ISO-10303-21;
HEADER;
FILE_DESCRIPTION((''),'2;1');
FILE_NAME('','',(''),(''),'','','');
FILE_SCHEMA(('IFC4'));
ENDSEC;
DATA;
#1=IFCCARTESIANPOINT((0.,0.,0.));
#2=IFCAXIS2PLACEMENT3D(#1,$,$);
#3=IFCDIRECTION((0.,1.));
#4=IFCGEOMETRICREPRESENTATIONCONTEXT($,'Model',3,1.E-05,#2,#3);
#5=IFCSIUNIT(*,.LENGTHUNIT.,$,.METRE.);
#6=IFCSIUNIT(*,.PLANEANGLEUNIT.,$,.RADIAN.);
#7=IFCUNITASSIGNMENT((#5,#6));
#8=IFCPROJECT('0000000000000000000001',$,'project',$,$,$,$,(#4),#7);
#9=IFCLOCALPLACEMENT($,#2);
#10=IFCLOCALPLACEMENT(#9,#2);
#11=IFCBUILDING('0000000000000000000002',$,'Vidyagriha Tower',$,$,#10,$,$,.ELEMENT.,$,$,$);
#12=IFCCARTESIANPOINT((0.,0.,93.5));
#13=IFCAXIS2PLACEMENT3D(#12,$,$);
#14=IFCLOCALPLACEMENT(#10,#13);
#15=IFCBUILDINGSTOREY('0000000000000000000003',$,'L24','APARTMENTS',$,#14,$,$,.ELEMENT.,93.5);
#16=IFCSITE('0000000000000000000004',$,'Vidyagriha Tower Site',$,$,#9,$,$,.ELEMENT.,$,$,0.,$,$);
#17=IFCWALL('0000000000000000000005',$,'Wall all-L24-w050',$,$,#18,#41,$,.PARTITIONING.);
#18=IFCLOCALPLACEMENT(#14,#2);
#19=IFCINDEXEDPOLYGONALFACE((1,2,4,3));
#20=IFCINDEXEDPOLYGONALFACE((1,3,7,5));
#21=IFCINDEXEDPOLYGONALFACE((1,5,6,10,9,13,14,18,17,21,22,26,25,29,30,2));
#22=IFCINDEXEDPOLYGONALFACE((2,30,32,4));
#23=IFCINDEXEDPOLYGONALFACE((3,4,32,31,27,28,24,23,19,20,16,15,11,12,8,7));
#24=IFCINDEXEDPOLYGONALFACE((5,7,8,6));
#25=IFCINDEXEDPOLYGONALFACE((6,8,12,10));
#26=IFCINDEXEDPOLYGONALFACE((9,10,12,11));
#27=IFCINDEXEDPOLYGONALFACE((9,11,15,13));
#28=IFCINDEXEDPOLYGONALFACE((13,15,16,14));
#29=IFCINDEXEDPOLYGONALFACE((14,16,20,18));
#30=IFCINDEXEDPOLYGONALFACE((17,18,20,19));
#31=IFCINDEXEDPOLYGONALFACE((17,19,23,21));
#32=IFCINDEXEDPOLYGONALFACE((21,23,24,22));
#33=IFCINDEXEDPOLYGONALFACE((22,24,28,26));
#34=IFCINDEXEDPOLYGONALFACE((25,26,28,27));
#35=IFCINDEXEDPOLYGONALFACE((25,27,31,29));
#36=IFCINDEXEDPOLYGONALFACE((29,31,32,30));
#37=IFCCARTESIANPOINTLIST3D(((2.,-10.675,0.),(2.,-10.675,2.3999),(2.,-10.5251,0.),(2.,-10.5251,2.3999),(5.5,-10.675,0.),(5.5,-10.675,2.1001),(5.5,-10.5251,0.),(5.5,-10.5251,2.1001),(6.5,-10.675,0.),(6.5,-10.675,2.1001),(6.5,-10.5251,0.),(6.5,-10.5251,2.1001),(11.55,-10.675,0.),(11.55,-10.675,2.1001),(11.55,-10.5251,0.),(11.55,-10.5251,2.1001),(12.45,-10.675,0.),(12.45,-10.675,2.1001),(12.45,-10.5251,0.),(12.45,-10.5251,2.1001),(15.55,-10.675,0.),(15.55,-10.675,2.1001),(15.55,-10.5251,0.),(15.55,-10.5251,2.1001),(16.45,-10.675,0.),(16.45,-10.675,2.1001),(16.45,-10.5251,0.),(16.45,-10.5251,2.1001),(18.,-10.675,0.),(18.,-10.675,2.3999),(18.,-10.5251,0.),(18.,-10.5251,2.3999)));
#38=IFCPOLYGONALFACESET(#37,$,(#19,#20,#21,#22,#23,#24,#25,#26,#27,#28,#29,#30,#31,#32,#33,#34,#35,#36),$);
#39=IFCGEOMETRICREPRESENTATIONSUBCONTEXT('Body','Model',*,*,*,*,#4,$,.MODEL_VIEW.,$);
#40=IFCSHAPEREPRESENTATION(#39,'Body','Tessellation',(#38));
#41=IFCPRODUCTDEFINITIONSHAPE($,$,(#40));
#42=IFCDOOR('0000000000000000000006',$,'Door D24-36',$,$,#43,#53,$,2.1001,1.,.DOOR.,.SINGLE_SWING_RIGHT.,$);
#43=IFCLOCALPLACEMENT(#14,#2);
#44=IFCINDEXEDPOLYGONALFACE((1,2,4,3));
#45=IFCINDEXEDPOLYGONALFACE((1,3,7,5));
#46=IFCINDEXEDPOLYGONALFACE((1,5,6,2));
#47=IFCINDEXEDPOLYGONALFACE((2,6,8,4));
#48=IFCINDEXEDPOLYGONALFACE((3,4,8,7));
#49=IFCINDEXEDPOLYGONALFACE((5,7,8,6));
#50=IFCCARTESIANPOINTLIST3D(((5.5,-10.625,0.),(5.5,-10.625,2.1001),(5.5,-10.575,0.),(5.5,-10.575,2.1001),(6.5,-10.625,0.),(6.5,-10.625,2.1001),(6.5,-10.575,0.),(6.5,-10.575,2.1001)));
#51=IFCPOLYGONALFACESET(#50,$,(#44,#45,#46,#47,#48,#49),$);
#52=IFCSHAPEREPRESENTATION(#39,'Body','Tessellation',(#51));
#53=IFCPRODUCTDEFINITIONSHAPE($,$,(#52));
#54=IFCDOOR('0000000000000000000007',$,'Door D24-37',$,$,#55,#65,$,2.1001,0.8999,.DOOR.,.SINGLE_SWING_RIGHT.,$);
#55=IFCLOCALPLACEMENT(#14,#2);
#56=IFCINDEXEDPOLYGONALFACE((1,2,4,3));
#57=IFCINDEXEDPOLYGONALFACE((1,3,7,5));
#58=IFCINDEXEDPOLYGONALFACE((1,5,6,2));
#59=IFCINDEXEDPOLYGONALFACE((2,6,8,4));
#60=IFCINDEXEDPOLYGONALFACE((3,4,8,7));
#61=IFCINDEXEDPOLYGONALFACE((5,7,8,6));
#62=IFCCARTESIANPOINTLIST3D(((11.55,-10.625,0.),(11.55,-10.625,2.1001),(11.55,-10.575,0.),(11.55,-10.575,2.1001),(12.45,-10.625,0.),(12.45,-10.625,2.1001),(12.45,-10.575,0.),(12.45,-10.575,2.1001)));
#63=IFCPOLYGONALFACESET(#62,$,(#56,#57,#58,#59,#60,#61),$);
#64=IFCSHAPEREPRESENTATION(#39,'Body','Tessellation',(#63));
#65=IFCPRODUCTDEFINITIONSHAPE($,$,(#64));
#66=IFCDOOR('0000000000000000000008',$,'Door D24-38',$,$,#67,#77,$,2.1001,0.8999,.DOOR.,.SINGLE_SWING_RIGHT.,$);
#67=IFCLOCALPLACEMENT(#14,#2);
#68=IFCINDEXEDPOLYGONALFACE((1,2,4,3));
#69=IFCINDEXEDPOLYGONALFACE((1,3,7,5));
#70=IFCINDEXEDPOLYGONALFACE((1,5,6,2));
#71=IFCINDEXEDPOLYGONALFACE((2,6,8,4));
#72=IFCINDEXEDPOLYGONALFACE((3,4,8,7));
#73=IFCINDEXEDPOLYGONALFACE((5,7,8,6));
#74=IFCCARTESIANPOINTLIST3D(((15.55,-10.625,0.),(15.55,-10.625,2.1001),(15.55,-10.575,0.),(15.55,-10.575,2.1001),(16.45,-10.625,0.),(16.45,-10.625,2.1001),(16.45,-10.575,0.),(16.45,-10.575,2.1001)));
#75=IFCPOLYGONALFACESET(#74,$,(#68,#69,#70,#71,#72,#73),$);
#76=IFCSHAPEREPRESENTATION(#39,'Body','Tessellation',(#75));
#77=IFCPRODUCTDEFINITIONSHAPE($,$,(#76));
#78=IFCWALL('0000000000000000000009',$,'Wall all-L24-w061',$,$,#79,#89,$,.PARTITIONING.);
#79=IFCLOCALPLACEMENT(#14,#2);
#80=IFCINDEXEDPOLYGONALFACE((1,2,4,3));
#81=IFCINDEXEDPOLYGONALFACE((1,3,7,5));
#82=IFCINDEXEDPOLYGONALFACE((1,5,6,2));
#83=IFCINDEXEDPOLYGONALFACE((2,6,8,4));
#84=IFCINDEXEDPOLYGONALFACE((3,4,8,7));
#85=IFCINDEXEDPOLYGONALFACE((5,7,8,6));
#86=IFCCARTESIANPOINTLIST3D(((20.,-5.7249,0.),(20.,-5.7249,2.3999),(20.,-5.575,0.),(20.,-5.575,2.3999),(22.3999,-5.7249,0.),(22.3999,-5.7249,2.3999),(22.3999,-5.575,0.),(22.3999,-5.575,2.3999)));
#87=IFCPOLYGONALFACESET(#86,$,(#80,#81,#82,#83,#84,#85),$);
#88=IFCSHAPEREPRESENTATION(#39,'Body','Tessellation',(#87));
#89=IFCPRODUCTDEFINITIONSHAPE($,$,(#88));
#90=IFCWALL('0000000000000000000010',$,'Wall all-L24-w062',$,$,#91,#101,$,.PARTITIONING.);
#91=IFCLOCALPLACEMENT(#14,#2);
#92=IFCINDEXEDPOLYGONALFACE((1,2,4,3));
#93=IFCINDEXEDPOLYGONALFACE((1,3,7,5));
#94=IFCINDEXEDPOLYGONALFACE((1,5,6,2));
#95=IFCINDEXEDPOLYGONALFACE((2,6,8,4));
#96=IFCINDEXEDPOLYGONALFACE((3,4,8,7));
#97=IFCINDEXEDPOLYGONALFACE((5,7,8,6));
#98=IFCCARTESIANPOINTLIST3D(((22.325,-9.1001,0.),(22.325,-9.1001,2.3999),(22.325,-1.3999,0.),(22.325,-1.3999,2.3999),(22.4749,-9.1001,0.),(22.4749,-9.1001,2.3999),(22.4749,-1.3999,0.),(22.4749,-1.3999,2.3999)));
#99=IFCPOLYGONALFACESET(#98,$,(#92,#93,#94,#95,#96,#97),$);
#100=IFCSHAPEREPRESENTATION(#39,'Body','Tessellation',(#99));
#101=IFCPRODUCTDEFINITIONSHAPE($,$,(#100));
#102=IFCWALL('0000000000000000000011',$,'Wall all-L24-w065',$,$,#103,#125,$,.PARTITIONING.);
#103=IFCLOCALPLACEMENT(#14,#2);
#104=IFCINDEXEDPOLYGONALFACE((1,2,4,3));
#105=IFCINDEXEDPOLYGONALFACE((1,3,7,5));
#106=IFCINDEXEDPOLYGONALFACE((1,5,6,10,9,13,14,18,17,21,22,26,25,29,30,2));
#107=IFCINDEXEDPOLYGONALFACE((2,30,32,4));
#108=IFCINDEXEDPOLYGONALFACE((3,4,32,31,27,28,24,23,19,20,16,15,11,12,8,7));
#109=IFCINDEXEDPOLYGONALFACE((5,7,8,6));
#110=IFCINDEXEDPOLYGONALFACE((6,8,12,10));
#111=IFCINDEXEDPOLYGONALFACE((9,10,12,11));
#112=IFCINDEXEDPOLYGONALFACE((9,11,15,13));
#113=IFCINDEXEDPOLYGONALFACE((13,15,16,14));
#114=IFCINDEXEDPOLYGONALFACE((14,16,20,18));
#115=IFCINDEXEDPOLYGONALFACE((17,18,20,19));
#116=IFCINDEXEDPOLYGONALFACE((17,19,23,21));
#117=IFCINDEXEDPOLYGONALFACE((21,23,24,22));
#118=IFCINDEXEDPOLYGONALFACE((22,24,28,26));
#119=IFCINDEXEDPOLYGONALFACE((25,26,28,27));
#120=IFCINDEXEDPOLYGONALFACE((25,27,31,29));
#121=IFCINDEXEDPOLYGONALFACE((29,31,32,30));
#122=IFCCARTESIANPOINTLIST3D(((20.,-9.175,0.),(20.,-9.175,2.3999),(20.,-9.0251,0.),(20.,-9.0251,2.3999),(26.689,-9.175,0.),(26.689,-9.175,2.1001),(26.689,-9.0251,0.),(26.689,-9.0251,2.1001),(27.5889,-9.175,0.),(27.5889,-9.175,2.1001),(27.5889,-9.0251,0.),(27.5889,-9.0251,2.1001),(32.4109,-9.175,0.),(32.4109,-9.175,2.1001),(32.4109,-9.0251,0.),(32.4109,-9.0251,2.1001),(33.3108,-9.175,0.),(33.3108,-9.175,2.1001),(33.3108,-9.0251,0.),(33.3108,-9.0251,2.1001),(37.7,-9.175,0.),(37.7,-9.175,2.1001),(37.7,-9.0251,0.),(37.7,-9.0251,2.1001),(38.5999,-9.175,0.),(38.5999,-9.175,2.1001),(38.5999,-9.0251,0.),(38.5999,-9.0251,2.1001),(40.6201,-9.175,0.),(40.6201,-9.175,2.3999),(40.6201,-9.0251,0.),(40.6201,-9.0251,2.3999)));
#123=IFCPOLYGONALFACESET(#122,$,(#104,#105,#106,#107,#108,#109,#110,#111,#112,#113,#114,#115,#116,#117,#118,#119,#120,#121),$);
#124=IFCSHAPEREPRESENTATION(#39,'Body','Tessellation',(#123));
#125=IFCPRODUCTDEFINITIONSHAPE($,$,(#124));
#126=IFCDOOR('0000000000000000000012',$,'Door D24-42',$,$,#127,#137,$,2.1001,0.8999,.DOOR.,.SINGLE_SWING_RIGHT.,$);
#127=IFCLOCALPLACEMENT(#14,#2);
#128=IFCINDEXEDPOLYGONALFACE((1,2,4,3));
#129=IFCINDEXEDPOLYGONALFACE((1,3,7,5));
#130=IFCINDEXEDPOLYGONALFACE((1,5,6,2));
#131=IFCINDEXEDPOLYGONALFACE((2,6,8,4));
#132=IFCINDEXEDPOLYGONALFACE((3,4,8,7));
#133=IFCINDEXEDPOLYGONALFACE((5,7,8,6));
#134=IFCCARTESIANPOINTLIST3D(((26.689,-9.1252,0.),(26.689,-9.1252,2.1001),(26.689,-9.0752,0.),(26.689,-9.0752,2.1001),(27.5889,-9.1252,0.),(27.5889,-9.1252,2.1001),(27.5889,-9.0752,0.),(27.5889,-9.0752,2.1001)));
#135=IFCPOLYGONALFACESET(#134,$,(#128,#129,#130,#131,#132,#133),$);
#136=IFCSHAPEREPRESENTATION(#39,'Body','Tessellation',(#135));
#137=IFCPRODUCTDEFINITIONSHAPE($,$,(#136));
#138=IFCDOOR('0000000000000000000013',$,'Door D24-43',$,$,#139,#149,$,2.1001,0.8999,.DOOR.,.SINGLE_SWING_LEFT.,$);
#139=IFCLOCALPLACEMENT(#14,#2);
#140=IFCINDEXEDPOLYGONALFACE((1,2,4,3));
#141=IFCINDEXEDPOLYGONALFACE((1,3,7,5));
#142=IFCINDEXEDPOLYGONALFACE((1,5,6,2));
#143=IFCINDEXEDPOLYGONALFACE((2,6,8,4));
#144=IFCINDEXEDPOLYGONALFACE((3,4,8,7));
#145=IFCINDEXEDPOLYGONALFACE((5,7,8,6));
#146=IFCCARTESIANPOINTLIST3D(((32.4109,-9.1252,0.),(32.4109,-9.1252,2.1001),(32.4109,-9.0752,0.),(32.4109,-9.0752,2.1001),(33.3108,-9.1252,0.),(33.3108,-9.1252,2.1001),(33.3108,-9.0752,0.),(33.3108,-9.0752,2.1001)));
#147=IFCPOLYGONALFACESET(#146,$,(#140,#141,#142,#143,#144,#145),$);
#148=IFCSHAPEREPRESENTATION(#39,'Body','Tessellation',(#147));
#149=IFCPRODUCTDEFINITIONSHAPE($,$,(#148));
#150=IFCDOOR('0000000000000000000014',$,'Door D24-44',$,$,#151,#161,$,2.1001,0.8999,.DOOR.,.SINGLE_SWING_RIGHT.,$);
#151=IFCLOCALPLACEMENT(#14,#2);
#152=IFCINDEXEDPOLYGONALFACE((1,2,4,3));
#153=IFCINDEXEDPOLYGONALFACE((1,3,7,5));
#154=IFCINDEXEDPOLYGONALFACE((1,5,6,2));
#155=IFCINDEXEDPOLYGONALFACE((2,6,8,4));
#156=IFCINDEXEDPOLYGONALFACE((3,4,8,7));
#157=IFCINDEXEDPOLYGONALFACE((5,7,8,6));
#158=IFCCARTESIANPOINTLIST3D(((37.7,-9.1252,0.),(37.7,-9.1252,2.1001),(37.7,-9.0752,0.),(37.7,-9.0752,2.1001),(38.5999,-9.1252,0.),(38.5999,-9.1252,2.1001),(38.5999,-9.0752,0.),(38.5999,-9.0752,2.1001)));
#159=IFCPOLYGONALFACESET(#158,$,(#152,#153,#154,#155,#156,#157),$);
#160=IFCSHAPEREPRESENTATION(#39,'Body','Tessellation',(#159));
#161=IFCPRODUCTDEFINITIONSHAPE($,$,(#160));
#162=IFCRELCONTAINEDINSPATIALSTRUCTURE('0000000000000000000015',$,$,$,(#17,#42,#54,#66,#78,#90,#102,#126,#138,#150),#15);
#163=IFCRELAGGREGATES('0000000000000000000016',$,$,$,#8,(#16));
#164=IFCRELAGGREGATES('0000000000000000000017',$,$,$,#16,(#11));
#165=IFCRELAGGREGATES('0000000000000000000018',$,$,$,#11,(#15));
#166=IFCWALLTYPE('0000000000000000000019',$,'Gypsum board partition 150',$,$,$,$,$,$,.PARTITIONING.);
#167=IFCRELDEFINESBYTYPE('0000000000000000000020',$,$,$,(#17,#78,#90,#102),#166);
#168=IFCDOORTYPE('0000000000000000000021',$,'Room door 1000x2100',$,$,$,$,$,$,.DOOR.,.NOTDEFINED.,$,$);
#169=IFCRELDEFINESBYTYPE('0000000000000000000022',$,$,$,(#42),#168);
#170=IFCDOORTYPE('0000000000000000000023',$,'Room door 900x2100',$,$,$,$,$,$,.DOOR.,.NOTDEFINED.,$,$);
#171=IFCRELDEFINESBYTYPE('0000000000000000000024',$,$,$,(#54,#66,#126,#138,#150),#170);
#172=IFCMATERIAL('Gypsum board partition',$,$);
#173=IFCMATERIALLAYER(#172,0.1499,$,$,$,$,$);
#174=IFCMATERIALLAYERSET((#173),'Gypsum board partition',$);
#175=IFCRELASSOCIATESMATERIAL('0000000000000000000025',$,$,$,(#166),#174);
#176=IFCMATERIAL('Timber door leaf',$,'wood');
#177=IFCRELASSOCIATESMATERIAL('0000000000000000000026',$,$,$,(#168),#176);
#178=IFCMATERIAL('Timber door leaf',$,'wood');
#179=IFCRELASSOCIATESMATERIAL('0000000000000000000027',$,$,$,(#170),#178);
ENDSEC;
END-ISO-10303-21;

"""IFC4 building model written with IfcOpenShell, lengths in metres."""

from ifc_helpers import new_model, si_unit, direction, frame, frame_2d, origin, place, context, subcontext, project, spatial, rectangle, extrude, material, layer, layer_set, type_object, element, fill, save


model = new_model("IFC4")

# Units and contexts
model_context = context("Model", 3, precision=1e-05, world=origin(), true_north=direction((0.0, 1.0)))
body_context = subcontext(model_context, "Body", "Model", "MODEL_VIEW")
ifc_project = project(units=[si_unit("LENGTHUNIT", "METRE"), si_unit("PLANEANGLEUNIT", "RADIAN")], contexts=[model_context])

# Site, building, storey
site_placement = place(None, origin())
site = spatial("IfcSite", under=ifc_project, at=site_placement, Name="Vidyagriha Tower Site", CompositionType="ELEMENT", RefElevation=0.0)
building_placement = place(site_placement, origin())
building = spatial("IfcBuilding", under=site, at=building_placement, Name="Vidyagriha Tower", CompositionType="ELEMENT")
storey_placement = place(building_placement, frame((0.0, 0.0, 93.5)))
storey = spatial("IfcBuildingStorey", under=building, at=storey_placement, Name="L24", Description="APARTMENTS", CompositionType="ELEMENT", Elevation=93.5)

# Wall, openings, doors
ifc_material_1 = material(Name="Gypsum board partition")
ifc_layer_1 = layer(ifc_material_1, 0.1499)
ifc_layer_set_1 = layer_set([ifc_layer_1], Name="Gypsum board partition")
wall_type_1 = type_object("IfcWallType", Name="Gypsum board partition 150", PredefinedType="PARTITIONING", material=ifc_layer_set_1)
wall_1_placement = place(storey_placement, frame((18.0, -10.6001, 0.0), z_axis=(0.0, 0.0, 1.0), x_axis=(-1.0, 0.0, 0.0)))
wall_1 = element("IfcWall", 1, at=wall_1_placement, inside=storey, type_object=wall_type_1, Name="Wall all-L24-w050", PredefinedType="PARTITIONING", context=body_context, shape_type="SweptSolid", body=[
    extrude(rectangle(XDim=16.0, YDim=0.1499, at=frame_2d((8.0, 0.0))), origin(), (0.0, 0.0, 1.0), 2.3999),
])
opening_1_placement = place(wall_1_placement, frame((11.5, 0.0, 0.0)))
opening_1 = element("IfcOpeningElement", 2, at=opening_1_placement, cuts=wall_1, PredefinedType="OPENING", context=body_context, shape_type="SweptSolid", body=[
    extrude(rectangle(XDim=1.0, YDim=2.1001, at=frame_2d((0.5, 1.05))), frame((0.0, 0.085, 0.0), z_axis=(0.0, -1.0, 0.0), x_axis=(1.0, 0.0, 0.0)), (0.0, 0.0, 1.0), 0.1699),
])
opening_2_placement = place(wall_1_placement, frame((5.55, 0.0, 0.0)))
opening_2 = element("IfcOpeningElement", 3, at=opening_2_placement, cuts=wall_1, PredefinedType="OPENING", context=body_context, shape_type="SweptSolid", body=[
    extrude(rectangle(XDim=0.8999, YDim=2.1001, at=frame_2d((0.45, 1.05))), frame((0.0, 0.085, 0.0), z_axis=(0.0, -1.0, 0.0), x_axis=(1.0, 0.0, 0.0)), (0.0, 0.0, 1.0), 0.1699),
])
opening_3_placement = place(wall_1_placement, frame((1.55, 0.0, 0.0)))
opening_3 = element("IfcOpeningElement", 4, at=opening_3_placement, cuts=wall_1, PredefinedType="OPENING", context=body_context, shape_type="SweptSolid", body=[
    extrude(rectangle(XDim=0.8999, YDim=2.1001, at=frame_2d((0.45, 1.05))), frame((0.0, 0.085, 0.0), z_axis=(0.0, -1.0, 0.0), x_axis=(1.0, 0.0, 0.0)), (0.0, 0.0, 1.0), 0.1699),
])
ifc_material_2 = material(Name="Timber door leaf", Category="wood")
door_type_1 = type_object("IfcDoorType", Name="Room door 1000x2100", OperationType="NOTDEFINED", PredefinedType="DOOR", material=ifc_material_2)
door_1_placement = place(opening_1_placement, origin())
door_1 = element("IfcDoor", 5, at=door_1_placement, inside=storey, type_object=door_type_1, Name="Door D24-36", OperationType="SINGLE_SWING_RIGHT", OverallHeight=2.1001, OverallWidth=1.0, PredefinedType="DOOR", context=body_context, shape_type="SweptSolid", body=[
    extrude(rectangle(XDim=1.0, YDim=2.1001, at=frame_2d((0.5, 1.05))), frame((0.0, 0.0249, 0.0), z_axis=(0.0, -1.0, 0.0), x_axis=(1.0, 0.0, 0.0)), (0.0, 0.0, 1.0), 0.05),
])
fill(opening_1, door_1)
ifc_material_3 = material(Name="Timber door leaf", Category="wood")
door_type_2 = type_object("IfcDoorType", Name="Room door 900x2100", OperationType="NOTDEFINED", PredefinedType="DOOR", material=ifc_material_3)
door_2_placement = place(opening_2_placement, origin())
door_2 = element("IfcDoor", 6, at=door_2_placement, inside=storey, type_object=door_type_2, Name="Door D24-37", OperationType="SINGLE_SWING_RIGHT", OverallHeight=2.1001, OverallWidth=0.8999, PredefinedType="DOOR", context=body_context, shape_type="SweptSolid", body=[
    extrude(rectangle(XDim=0.8999, YDim=2.1001, at=frame_2d((0.45, 1.05))), frame((0.0, 0.0249, 0.0), z_axis=(0.0, -1.0, 0.0), x_axis=(1.0, 0.0, 0.0)), (0.0, 0.0, 1.0), 0.05),
])
fill(opening_2, door_2)
door_3_placement = place(opening_3_placement, origin())
door_3 = element("IfcDoor", 7, at=door_3_placement, inside=storey, type_object=door_type_2, Name="Door D24-38", OperationType="SINGLE_SWING_RIGHT", OverallHeight=2.1001, OverallWidth=0.8999, PredefinedType="DOOR", context=body_context, shape_type="SweptSolid", body=[
    extrude(rectangle(XDim=0.8999, YDim=2.1001, at=frame_2d((0.45, 1.05))), frame((0.0, 0.0249, 0.0), z_axis=(0.0, -1.0, 0.0), x_axis=(1.0, 0.0, 0.0)), (0.0, 0.0, 1.0), 0.05),
])
fill(opening_3, door_3)

# Walls
wall_2_placement = place(storey_placement, frame((22.3999, -5.6499, 0.0), z_axis=(0.0, 0.0, 1.0), x_axis=(-1.0, 0.0, 0.0)))
element("IfcWall", 8, at=wall_2_placement, inside=storey, type_object=wall_type_1, Name="Wall all-L24-w061", PredefinedType="PARTITIONING", context=body_context, shape_type="SweptSolid", body=[
    extrude(rectangle(XDim=2.3999, YDim=0.1499, at=frame_2d((1.2, 0.0))), origin(), (0.0, 0.0, 1.0), 2.3999),
])
wall_3_placement = place(storey_placement, frame((22.3999, -1.3999, 0.0), z_axis=(0.0, 0.0, 1.0), x_axis=(0.0, -1.0, 0.0)))
element("IfcWall", 9, at=wall_3_placement, inside=storey, type_object=wall_type_1, Name="Wall all-L24-w062", PredefinedType="PARTITIONING", context=body_context, shape_type="SweptSolid", body=[
    extrude(rectangle(XDim=7.7002, YDim=0.1499, at=frame_2d((3.8501, 0.0))), origin(), (0.0, 0.0, 1.0), 2.3999),
])

# Wall, openings, doors
wall_4_placement = place(storey_placement, frame((20.0, -9.1001, 0.0)))
wall_4 = element("IfcWall", 10, at=wall_4_placement, inside=storey, type_object=wall_type_1, Name="Wall all-L24-w065", PredefinedType="PARTITIONING", context=body_context, shape_type="SweptSolid", body=[
    extrude(rectangle(XDim=20.6201, YDim=0.1499, at=frame_2d((10.3101, 0.0))), origin(), (0.0, 0.0, 1.0), 2.3999),
])
opening_4_placement = place(wall_4_placement, frame((6.689, 0.0, 0.0)))
opening_4 = element("IfcOpeningElement", 11, at=opening_4_placement, cuts=wall_4, PredefinedType="OPENING", context=body_context, shape_type="SweptSolid", body=[
    extrude(rectangle(XDim=0.8999, YDim=2.1001, at=frame_2d((0.45, 1.05))), frame((0.0, 0.085, 0.0), z_axis=(0.0, -1.0, 0.0), x_axis=(1.0, 0.0, 0.0)), (0.0, 0.0, 1.0), 0.1699),
])
opening_5_placement = place(wall_4_placement, frame((12.4109, 0.0, 0.0)))
opening_5 = element("IfcOpeningElement", 12, at=opening_5_placement, cuts=wall_4, PredefinedType="OPENING", context=body_context, shape_type="SweptSolid", body=[
    extrude(rectangle(XDim=0.8999, YDim=2.1001, at=frame_2d((0.45, 1.05))), frame((0.0, 0.085, 0.0), z_axis=(0.0, -1.0, 0.0), x_axis=(1.0, 0.0, 0.0)), (0.0, 0.0, 1.0), 0.1699),
])
opening_6_placement = place(wall_4_placement, frame((17.7, 0.0, 0.0)))
opening_6 = element("IfcOpeningElement", 13, at=opening_6_placement, cuts=wall_4, PredefinedType="OPENING", context=body_context, shape_type="SweptSolid", body=[
    extrude(rectangle(XDim=0.8999, YDim=2.1001, at=frame_2d((0.45, 1.05))), frame((0.0, 0.085, 0.0), z_axis=(0.0, -1.0, 0.0), x_axis=(1.0, 0.0, 0.0)), (0.0, 0.0, 1.0), 0.1699),
])
door_4_placement = place(opening_4_placement, origin())
door_4 = element("IfcDoor", 14, at=door_4_placement, inside=storey, type_object=door_type_2, Name="Door D24-42", OperationType="SINGLE_SWING_RIGHT", OverallHeight=2.1001, OverallWidth=0.8999, PredefinedType="DOOR", context=body_context, shape_type="SweptSolid", body=[
    extrude(rectangle(XDim=0.8999, YDim=2.1001, at=frame_2d((0.45, 1.05))), frame((0.0, 0.0249, 0.0), z_axis=(0.0, -1.0, 0.0), x_axis=(1.0, 0.0, 0.0)), (0.0, 0.0, 1.0), 0.05),
])
fill(opening_4, door_4)
door_5_placement = place(opening_5_placement, origin())
door_5 = element("IfcDoor", 15, at=door_5_placement, inside=storey, type_object=door_type_2, Name="Door D24-43", OperationType="SINGLE_SWING_LEFT", OverallHeight=2.1001, OverallWidth=0.8999, PredefinedType="DOOR", context=body_context, shape_type="SweptSolid", body=[
    extrude(rectangle(XDim=0.8999, YDim=2.1001, at=frame_2d((0.45, 1.05))), frame((0.0, 0.0249, 0.0), z_axis=(0.0, -1.0, 0.0), x_axis=(1.0, 0.0, 0.0)), (0.0, 0.0, 1.0), 0.05),
])
fill(opening_5, door_5)
door_6_placement = place(opening_6_placement, origin())
door_6 = element("IfcDoor", 16, at=door_6_placement, inside=storey, type_object=door_type_2, Name="Door D24-44", OperationType="SINGLE_SWING_RIGHT", OverallHeight=2.1001, OverallWidth=0.8999, PredefinedType="DOOR", context=body_context, shape_type="SweptSolid", body=[
    extrude(rectangle(XDim=0.8999, YDim=2.1001, at=frame_2d((0.45, 1.05))), frame((0.0, 0.0249, 0.0), z_axis=(0.0, -1.0, 0.0), x_axis=(1.0, 0.0, 0.0)), (0.0, 0.0, 1.0), 0.05),
])
fill(opening_6, door_6)

save(model, "model.ifc")
